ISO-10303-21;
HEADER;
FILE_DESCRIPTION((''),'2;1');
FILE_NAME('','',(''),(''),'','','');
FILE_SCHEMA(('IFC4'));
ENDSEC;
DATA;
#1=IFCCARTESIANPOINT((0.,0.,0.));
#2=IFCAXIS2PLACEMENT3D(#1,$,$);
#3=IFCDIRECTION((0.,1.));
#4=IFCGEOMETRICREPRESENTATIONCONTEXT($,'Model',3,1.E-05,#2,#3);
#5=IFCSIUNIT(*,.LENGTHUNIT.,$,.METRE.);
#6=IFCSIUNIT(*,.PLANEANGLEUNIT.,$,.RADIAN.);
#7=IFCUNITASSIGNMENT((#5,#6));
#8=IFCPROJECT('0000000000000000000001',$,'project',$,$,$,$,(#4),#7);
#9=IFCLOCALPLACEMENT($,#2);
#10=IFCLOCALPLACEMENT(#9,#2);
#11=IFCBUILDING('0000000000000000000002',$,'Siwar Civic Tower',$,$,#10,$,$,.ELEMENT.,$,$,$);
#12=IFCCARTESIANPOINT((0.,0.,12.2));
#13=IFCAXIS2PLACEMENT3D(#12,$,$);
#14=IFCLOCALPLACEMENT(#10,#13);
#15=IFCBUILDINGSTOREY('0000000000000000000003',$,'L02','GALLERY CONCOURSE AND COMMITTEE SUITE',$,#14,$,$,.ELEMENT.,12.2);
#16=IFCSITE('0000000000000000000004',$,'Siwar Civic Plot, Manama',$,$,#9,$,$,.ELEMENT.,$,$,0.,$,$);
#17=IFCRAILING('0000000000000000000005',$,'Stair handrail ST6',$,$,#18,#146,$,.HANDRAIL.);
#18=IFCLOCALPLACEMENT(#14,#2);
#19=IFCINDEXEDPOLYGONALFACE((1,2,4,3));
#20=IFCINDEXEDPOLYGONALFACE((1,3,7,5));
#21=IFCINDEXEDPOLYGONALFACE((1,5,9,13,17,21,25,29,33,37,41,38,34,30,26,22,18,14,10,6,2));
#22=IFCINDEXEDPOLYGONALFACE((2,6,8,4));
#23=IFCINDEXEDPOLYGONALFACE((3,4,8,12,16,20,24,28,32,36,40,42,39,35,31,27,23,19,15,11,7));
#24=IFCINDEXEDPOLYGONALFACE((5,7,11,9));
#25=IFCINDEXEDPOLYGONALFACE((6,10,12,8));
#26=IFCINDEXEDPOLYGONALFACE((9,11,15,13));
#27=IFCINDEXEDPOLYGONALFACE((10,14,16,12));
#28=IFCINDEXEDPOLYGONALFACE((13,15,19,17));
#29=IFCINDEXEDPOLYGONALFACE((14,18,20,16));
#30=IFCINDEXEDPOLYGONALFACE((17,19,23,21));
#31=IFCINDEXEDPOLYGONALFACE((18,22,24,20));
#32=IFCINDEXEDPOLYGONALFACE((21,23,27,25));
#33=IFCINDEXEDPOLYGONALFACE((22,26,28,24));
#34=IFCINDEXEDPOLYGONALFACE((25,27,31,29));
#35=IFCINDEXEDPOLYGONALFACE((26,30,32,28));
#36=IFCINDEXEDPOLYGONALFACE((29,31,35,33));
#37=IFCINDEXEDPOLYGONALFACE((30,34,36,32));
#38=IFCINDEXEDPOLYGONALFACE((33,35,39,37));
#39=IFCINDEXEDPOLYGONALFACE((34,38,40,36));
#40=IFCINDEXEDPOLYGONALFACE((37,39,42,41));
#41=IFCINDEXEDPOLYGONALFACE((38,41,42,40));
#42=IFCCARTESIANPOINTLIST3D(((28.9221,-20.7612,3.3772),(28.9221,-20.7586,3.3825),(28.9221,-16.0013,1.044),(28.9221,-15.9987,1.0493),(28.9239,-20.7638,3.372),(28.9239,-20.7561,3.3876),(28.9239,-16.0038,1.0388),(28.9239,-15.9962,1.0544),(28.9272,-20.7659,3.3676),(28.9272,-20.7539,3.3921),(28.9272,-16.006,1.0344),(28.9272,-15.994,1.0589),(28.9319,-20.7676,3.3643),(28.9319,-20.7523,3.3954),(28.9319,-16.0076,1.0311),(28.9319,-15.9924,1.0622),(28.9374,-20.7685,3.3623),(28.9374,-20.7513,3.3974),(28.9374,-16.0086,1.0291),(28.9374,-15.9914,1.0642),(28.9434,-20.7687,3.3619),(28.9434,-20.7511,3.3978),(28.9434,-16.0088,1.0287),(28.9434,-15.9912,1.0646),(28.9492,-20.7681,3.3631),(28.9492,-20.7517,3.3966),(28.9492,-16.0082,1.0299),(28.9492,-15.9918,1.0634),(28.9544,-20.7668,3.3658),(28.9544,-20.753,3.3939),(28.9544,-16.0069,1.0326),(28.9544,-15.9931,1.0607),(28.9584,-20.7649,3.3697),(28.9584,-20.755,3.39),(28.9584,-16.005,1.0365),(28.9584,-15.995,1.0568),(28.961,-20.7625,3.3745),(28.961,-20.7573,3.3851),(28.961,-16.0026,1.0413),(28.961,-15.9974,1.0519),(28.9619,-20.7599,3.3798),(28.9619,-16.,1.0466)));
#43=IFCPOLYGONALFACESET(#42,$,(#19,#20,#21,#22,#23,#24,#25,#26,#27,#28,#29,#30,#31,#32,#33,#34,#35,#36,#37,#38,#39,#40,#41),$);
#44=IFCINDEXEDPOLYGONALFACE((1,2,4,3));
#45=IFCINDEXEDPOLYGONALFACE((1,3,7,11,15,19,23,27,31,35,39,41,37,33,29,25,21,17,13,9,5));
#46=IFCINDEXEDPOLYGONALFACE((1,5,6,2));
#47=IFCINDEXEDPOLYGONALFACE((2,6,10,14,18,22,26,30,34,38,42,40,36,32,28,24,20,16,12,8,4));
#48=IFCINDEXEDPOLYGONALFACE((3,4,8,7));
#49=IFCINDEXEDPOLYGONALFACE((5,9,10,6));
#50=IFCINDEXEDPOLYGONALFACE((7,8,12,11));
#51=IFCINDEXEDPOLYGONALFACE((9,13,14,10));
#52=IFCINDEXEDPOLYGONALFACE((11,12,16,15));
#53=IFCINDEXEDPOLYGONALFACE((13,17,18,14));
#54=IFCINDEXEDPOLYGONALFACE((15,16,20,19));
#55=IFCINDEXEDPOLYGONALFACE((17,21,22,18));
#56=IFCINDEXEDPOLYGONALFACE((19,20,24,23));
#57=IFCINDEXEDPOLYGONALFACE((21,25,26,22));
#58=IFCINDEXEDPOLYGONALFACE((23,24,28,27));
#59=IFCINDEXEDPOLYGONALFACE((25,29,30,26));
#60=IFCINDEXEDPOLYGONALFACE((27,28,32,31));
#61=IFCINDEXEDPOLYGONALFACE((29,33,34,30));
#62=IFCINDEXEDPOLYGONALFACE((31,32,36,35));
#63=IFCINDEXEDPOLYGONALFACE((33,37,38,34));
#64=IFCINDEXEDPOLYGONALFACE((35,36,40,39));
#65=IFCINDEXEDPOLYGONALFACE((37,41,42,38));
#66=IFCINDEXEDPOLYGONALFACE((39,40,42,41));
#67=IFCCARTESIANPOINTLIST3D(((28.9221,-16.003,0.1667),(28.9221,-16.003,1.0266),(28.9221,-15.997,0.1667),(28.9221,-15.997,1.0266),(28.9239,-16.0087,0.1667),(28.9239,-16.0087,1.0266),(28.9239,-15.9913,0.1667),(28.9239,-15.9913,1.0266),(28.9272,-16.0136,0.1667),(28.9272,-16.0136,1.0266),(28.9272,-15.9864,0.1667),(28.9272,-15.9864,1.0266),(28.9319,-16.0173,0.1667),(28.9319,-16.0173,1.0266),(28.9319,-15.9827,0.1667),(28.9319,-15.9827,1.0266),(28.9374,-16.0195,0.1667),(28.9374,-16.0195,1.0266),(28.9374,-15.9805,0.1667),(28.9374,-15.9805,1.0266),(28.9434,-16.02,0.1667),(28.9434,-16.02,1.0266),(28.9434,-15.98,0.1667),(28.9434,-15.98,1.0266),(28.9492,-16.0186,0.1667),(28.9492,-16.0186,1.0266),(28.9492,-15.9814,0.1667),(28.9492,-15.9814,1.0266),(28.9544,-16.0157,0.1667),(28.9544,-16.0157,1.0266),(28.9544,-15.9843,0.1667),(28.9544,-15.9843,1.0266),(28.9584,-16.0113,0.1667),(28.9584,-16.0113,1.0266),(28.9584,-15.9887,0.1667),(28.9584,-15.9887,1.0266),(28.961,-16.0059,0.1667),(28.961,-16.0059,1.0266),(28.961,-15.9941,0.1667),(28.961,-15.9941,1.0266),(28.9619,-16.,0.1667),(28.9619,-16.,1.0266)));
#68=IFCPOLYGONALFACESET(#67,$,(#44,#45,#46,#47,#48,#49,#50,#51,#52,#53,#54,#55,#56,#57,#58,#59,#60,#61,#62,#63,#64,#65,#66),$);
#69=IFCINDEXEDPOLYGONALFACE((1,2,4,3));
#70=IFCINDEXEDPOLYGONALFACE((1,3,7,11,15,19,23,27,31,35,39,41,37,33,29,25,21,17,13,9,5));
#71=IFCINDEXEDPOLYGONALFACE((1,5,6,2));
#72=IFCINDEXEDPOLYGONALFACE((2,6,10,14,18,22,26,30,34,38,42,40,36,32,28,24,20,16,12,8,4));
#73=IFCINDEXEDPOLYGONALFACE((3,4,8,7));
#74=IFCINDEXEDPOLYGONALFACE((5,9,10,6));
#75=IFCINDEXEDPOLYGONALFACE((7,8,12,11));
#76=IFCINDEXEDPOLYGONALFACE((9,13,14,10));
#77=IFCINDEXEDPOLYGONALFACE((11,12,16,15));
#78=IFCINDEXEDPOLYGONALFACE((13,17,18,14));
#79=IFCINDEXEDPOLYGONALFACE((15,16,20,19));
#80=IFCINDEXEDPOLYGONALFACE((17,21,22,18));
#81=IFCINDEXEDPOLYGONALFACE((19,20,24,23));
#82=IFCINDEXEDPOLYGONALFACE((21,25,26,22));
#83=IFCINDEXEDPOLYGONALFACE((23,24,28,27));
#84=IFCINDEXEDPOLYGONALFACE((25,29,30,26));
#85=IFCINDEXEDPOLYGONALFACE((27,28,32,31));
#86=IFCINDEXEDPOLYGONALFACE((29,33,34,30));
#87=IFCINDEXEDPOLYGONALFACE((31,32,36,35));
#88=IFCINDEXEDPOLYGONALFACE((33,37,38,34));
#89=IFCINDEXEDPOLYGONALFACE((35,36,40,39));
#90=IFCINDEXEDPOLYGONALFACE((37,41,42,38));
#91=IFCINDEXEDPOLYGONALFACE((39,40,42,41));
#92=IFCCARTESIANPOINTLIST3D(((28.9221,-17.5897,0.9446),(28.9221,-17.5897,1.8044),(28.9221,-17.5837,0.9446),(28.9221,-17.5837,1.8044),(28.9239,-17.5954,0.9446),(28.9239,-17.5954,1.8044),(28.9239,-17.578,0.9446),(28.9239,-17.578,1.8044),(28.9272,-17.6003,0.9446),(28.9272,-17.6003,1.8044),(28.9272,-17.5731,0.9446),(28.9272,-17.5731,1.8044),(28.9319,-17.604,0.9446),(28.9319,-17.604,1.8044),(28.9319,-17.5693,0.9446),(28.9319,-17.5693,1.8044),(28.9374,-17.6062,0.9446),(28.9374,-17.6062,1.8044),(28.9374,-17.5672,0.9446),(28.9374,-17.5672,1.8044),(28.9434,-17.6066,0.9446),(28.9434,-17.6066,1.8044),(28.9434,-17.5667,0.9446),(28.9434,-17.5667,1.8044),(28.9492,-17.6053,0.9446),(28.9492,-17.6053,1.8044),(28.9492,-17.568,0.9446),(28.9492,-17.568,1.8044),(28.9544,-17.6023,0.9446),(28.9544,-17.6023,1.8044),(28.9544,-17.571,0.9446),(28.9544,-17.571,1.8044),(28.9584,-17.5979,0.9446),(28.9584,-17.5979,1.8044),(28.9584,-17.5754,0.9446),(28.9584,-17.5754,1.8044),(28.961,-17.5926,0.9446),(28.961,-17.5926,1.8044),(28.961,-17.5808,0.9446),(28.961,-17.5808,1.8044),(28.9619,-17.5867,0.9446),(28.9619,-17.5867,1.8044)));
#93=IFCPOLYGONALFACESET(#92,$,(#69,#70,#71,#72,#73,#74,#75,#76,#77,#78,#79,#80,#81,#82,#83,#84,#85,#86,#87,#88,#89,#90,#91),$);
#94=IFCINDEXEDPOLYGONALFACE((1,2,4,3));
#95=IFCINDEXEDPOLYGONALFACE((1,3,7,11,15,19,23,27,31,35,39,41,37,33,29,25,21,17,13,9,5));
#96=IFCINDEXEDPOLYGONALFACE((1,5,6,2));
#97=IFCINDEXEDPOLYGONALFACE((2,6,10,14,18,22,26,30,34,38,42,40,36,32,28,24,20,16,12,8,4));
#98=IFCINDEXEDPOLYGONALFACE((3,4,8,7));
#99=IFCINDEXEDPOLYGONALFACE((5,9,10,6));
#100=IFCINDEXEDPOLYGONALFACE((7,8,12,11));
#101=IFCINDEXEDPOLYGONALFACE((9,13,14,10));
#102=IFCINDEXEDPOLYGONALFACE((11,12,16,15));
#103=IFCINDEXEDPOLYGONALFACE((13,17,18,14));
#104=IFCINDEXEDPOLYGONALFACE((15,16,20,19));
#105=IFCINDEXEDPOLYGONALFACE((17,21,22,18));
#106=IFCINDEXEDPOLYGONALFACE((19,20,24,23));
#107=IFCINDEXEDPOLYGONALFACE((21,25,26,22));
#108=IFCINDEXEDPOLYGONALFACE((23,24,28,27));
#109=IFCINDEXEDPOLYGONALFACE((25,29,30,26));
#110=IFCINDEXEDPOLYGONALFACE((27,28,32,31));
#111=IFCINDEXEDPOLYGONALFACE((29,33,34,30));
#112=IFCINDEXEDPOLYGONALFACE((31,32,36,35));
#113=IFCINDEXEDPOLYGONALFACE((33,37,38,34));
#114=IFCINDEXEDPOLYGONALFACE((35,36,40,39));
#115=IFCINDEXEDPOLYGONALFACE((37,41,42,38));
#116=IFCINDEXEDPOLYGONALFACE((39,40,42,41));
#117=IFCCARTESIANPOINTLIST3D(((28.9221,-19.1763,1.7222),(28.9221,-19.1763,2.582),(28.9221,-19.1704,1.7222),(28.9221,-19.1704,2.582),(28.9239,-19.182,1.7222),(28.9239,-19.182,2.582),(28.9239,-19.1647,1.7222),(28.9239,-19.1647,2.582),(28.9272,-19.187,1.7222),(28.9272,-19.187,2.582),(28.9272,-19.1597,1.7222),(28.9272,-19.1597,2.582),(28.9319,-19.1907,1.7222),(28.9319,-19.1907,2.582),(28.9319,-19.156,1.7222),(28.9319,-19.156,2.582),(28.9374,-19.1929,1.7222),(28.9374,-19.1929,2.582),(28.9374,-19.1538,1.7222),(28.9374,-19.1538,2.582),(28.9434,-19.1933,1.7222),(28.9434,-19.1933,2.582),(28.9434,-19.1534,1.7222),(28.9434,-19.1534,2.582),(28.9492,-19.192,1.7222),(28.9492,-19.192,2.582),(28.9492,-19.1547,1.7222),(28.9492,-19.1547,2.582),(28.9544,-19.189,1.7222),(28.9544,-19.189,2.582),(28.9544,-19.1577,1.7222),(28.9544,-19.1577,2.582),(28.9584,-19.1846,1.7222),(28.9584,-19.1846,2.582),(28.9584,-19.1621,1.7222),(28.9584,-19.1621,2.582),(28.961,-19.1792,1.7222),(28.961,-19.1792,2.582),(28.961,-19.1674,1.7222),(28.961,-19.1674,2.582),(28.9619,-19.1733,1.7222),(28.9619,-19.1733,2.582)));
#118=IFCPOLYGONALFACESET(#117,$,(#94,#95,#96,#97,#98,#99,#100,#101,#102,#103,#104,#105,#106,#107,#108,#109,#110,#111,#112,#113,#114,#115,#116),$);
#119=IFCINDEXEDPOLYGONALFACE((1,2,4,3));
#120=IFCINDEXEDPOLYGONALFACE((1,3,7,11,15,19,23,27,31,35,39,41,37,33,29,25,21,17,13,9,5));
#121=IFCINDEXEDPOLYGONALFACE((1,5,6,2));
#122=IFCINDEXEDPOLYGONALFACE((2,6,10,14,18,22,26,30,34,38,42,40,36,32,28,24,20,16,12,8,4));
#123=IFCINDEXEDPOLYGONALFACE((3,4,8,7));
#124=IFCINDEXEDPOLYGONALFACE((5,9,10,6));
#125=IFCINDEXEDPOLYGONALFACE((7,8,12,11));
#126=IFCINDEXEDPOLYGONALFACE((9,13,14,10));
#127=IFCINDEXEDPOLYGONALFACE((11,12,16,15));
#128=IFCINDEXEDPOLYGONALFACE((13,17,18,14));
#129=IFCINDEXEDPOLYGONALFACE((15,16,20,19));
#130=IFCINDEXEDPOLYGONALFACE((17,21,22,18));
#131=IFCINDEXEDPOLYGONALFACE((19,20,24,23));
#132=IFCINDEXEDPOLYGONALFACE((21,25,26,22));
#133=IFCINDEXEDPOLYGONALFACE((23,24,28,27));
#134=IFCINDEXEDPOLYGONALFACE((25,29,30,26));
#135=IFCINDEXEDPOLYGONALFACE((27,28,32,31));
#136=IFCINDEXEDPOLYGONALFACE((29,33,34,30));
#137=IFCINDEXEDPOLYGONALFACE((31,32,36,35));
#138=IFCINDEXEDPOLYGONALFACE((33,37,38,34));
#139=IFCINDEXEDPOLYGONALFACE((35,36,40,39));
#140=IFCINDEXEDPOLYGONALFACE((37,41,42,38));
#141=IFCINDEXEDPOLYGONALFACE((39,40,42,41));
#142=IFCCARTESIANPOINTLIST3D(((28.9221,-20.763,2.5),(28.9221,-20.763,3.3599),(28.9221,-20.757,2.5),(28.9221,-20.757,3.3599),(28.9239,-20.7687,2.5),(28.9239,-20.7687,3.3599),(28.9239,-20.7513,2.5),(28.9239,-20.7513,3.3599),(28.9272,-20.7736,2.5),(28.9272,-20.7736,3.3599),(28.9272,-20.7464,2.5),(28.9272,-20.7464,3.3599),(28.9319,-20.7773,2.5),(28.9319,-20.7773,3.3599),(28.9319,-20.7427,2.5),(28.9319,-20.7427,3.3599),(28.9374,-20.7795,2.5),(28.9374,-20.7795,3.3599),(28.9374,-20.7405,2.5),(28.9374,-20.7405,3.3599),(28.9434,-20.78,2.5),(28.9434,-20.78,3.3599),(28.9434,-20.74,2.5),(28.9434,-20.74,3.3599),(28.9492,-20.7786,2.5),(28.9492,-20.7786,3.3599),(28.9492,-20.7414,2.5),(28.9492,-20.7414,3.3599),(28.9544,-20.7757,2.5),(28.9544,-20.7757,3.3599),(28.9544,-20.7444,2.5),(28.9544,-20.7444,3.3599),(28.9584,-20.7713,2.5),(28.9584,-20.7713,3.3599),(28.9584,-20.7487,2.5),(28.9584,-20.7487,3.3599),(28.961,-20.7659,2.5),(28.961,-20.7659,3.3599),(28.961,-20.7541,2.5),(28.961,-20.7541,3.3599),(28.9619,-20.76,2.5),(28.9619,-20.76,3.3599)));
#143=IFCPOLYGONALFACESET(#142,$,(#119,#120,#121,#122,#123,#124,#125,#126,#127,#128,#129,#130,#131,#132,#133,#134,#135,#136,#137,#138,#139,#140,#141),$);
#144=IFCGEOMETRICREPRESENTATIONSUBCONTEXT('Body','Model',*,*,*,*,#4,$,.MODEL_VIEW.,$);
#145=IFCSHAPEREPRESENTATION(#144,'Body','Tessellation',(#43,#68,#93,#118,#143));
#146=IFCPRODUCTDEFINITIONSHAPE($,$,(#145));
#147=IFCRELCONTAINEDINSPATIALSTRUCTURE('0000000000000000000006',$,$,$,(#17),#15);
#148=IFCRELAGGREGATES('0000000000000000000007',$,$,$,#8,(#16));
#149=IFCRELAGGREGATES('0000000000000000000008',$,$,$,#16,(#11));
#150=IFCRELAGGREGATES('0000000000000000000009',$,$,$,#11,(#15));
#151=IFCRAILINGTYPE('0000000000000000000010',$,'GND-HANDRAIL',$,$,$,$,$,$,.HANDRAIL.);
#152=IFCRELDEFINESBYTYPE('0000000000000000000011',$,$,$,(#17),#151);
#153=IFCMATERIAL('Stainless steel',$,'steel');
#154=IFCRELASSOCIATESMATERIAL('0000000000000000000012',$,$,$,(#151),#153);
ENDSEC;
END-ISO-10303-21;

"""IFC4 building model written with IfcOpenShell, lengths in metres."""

from ifc_helpers import new_model, si_unit, direction, frame, origin, origin_2d, place, context, subcontext, project, spatial, circle, extrude, material, type_object, element, save


model = new_model("IFC4")

# Units and contexts
model_context = context("Model", 3, precision=1e-05, world=origin(), true_north=direction((0.0, 1.0)))
body_context = subcontext(model_context, "Body", "Model", "MODEL_VIEW")
ifc_project = project(units=[si_unit("LENGTHUNIT", "METRE"), si_unit("PLANEANGLEUNIT", "RADIAN")], contexts=[model_context])

# Site, building, storey
site_placement = place(None, origin())
site = spatial("IfcSite", under=ifc_project, at=site_placement, Name="Siwar Civic Plot, Manama", CompositionType="ELEMENT", RefElevation=0.0)
building_placement = place(site_placement, origin())
building = spatial("IfcBuilding", under=site, at=building_placement, Name="Siwar Civic Tower", CompositionType="ELEMENT")
storey_placement = place(building_placement, frame((0.0, 0.0, 12.2)))
storey = spatial("IfcBuildingStorey", under=building, at=storey_placement, Name="L02", Description="GALLERY CONCOURSE AND COMMITTEE SUITE", CompositionType="ELEMENT", Elevation=12.2)

# Railing
ifc_material_1 = material(Name="Stainless steel", Category="steel")
railing_type = type_object("IfcRailingType", Name="GND-HANDRAIL", PredefinedType="HANDRAIL", material=ifc_material_1)
railing_1_placement = place(storey_placement, frame((28.9419, -16.0, 0.1667)))
element("IfcRailing", 1, at=railing_1_placement, inside=storey, type_object=railing_type, Name="Stair handrail ST6", PredefinedType="HANDRAIL", context=body_context, shape_type="SweptSolid", body=[
    extrude(circle(Radius=0.02, at=origin_2d()), frame((0.0, 0.0, 0.8799), z_axis=(0.0, -0.897927, 0.440144), x_axis=(1.0, 0.0, 0.0)), (0.0, 0.0, 1.0), 5.301),
    extrude(circle(Radius=0.02, at=origin_2d()), origin(), (0.0, 0.0, 1.0), 0.8599),
    extrude(circle(Radius=0.02, at=origin_2d()), frame((0.0, -1.5867, 0.7778)), (0.0, 0.0, 1.0), 0.8599),
    extrude(circle(Radius=0.02, at=origin_2d()), frame((0.0, -3.1733, 1.5554)), (0.0, 0.0, 1.0), 0.8599),
    extrude(circle(Radius=0.02, at=origin_2d()), frame((0.0, -4.76, 2.3333)), (0.0, 0.0, 1.0), 0.8599),
])

save(model, "model.ifc")
